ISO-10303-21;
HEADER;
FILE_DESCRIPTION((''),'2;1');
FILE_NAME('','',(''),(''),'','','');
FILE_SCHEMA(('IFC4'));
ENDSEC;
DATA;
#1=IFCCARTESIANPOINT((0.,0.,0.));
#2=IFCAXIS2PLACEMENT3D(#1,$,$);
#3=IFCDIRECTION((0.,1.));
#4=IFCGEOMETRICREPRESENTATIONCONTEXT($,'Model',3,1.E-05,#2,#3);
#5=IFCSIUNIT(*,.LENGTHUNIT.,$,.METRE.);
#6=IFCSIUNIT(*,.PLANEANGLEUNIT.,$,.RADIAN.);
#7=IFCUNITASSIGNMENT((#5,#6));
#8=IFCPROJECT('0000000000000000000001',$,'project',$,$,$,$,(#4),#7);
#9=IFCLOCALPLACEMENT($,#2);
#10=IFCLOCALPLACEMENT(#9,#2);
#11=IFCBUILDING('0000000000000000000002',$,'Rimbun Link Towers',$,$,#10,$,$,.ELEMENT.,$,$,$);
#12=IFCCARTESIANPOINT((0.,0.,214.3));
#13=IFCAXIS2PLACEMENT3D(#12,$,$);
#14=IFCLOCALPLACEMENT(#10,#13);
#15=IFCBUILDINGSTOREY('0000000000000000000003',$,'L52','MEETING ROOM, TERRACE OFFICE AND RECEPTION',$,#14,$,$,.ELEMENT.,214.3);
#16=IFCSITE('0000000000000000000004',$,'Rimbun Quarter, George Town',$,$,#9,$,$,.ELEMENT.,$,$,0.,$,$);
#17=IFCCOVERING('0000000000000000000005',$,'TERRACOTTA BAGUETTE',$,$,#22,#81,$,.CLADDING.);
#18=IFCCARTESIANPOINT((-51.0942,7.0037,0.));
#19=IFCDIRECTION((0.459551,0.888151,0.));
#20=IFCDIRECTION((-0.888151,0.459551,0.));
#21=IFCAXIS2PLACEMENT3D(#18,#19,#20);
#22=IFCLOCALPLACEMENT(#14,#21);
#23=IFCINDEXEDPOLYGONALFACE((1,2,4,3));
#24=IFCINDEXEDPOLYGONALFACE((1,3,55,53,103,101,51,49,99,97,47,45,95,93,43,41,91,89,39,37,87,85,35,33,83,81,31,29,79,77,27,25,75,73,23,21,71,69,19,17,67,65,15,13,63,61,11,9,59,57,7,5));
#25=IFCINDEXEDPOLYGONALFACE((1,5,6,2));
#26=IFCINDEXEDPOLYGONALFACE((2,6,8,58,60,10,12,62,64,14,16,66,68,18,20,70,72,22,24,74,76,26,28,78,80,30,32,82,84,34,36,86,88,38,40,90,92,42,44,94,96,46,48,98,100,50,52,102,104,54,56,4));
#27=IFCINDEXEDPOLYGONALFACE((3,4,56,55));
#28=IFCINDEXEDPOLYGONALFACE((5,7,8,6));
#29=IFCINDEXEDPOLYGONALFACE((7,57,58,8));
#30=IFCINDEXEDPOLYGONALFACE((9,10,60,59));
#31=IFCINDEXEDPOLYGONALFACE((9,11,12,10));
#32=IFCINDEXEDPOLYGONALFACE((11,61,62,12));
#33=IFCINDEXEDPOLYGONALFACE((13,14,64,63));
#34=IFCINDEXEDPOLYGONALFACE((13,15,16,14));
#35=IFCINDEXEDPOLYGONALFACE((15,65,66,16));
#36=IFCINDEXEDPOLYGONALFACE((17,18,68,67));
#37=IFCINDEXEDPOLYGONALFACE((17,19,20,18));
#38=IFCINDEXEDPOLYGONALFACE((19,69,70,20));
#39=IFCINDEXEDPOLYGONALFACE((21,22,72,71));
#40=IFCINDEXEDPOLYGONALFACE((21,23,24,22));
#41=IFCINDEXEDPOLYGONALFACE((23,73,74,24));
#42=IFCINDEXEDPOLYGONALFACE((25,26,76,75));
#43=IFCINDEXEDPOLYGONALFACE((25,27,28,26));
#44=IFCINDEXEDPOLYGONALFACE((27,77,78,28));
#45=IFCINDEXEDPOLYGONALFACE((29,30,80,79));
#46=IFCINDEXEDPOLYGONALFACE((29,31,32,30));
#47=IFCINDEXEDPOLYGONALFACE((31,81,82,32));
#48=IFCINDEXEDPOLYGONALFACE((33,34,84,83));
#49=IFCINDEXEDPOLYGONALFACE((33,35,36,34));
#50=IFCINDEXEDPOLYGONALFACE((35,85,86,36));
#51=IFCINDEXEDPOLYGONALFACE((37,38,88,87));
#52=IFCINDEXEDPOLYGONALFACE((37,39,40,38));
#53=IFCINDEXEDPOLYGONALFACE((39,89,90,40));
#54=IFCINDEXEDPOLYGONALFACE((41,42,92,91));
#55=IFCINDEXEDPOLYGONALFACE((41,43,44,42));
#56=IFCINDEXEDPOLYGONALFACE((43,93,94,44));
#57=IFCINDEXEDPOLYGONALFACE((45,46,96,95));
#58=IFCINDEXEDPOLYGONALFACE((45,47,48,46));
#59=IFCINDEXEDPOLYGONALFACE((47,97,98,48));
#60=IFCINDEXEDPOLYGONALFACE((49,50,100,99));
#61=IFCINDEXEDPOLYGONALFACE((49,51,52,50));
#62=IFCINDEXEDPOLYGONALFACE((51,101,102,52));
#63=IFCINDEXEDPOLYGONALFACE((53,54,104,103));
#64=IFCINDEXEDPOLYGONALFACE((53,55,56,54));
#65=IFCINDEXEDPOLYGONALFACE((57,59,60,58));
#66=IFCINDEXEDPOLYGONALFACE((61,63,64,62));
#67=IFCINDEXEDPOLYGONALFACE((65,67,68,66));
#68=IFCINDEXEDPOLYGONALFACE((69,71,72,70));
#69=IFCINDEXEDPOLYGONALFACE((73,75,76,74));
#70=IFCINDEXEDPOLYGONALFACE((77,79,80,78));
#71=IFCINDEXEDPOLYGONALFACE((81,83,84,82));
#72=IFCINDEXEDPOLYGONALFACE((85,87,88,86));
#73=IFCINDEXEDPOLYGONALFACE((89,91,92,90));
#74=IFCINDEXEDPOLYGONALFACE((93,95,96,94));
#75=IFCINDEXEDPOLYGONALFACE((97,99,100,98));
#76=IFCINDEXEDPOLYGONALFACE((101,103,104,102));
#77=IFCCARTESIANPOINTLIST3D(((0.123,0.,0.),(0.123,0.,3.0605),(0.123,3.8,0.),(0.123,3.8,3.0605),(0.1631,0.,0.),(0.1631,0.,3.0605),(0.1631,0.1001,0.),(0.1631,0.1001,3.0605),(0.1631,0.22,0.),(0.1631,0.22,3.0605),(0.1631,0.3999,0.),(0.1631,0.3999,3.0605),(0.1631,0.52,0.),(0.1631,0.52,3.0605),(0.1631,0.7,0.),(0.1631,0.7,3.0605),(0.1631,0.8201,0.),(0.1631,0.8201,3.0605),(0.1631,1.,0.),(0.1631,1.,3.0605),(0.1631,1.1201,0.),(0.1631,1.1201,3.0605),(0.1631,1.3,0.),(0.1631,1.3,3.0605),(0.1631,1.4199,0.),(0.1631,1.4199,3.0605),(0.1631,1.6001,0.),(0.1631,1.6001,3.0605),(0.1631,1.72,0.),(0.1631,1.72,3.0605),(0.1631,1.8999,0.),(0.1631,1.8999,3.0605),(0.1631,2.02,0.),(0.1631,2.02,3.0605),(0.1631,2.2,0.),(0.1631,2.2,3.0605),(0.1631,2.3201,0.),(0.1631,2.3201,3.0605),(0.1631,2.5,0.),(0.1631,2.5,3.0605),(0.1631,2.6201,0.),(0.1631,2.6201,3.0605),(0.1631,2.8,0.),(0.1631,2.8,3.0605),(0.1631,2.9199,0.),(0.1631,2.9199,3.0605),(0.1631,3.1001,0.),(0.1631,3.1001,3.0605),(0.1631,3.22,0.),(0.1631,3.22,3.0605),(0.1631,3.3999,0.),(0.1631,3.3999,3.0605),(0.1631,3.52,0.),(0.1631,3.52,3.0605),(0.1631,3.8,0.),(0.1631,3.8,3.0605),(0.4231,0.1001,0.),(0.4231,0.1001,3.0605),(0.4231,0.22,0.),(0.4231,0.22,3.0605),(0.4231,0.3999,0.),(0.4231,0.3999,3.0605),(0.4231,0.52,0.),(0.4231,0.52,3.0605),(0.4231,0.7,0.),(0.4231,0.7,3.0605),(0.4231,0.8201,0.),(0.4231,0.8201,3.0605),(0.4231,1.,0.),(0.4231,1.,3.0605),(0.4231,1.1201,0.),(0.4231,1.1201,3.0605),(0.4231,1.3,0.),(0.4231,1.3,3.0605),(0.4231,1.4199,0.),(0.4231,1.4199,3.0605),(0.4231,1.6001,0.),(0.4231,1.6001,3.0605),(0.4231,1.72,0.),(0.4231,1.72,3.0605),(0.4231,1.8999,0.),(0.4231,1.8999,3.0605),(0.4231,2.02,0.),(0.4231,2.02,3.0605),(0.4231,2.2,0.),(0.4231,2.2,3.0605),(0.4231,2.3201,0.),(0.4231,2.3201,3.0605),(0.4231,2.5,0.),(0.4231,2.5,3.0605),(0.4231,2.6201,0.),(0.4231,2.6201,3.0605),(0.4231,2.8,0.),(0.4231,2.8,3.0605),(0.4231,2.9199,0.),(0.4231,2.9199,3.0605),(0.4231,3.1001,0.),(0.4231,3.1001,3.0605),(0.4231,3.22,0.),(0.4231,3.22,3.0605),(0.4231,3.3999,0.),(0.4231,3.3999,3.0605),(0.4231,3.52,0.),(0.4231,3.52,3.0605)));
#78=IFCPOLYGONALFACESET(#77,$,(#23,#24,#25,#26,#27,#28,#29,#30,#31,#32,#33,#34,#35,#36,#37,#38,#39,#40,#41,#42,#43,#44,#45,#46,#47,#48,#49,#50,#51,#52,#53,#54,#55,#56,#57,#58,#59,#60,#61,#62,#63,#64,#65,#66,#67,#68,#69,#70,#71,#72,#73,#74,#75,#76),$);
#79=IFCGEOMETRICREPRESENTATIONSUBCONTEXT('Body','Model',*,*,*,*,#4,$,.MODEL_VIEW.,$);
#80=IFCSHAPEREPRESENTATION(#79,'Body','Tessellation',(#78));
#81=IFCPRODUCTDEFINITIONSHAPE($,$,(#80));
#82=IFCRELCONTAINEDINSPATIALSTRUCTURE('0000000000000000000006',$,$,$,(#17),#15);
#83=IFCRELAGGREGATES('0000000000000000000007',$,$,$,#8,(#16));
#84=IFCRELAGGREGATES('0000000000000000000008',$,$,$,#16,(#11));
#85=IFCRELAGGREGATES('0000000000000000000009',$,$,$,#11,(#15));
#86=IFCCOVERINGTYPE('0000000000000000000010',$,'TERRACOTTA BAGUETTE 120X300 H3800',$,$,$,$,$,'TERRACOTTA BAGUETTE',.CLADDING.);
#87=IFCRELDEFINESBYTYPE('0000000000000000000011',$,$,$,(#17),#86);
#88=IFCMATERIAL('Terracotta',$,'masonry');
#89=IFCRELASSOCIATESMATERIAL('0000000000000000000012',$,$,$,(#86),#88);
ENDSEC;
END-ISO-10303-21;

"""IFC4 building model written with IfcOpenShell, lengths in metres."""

from ifc_helpers import new_model, si_unit, direction, frame, origin, place, context, subcontext, project, spatial, polyline, outline, extrude, material, material_profile, profile_set, type_object, element, save


model = new_model("IFC4")

# Units and contexts
model_context = context("Model", 3, precision=1e-05, world=origin(), true_north=direction((0.0, 1.0)))
body_context = subcontext(model_context, "Body", "Model", "MODEL_VIEW")
ifc_project = project(units=[si_unit("LENGTHUNIT", "METRE"), si_unit("PLANEANGLEUNIT", "RADIAN")], contexts=[model_context])

# Site, building, storey
site_placement = place(None, origin())
site = spatial("IfcSite", under=ifc_project, at=site_placement, Name="Rimbun Quarter, George Town", CompositionType="ELEMENT", RefElevation=0.0)
building_placement = place(site_placement, origin())
building = spatial("IfcBuilding", under=site, at=building_placement, Name="Rimbun Link Towers", CompositionType="ELEMENT")
storey_placement = place(building_placement, frame((0.0, 0.0, 214.3)))
storey = spatial("IfcBuildingStorey", under=building, at=storey_placement, Name="L52", Description="MEETING ROOM, TERRACE OFFICE AND RECEPTION", CompositionType="ELEMENT", Elevation=214.3)

# Covering
ifc_material_1 = material(Name="Terracotta", Category="masonry")
ifc_material_profile_1 = material_profile(ifc_material_1, outline(polyline([(0.123, 0.0), (0.1631, 0.0), (0.1631, 0.1001), (0.4231, 0.1001), (0.4231, 0.22), (0.1631, 0.22), (0.1631, 0.3999), (0.4231, 0.3999), (0.4231, 0.52), (0.1631, 0.52), (0.1631, 0.7), (0.4231, 0.7), (0.4231, 0.8201), (0.1631, 0.8201), (0.1631, 1.0), (0.4231, 1.0), (0.4231, 1.1201), (0.1631, 1.1201), (0.1631, 1.3), (0.4231, 1.3), (0.4231, 1.4199), (0.1631, 1.4199), (0.1631, 1.6001), (0.4231, 1.6001), (0.4231, 1.72), (0.1631, 1.72), (0.1631, 1.8999), (0.4231, 1.8999), (0.4231, 2.02), (0.1631, 2.02), (0.1631, 2.2), (0.4231, 2.2), (0.4231, 2.3201), (0.1631, 2.3201), (0.1631, 2.5), (0.4231, 2.5), (0.4231, 2.6201), (0.1631, 2.6201), (0.1631, 2.8), (0.4231, 2.8), (0.4231, 2.9199), (0.1631, 2.9199), (0.1631, 3.1001), (0.4231, 3.1001), (0.4231, 3.22), (0.1631, 3.22), (0.1631, 3.3999), (0.4231, 3.3999), (0.4231, 3.52), (0.1631, 3.52), (0.1631, 3.8), (0.123, 3.8), (0.123, 0.0)])), Name="BAGUETTE 120X300")
ifc_profile_set_1 = profile_set([ifc_material_profile_1], Name="Terracotta")
covering_type = type_object("IfcCoveringType", Name="TERRACOTTA BAGUETTE 120X300 H3800", ElementType="TERRACOTTA BAGUETTE", PredefinedType="CLADDING", material=ifc_profile_set_1)
covering_placement = place(storey_placement, frame((-51.0942, 7.0037, 0.0), z_axis=(0.459551, 0.888151, 0.0), x_axis=(-0.888151, 0.459551, 0.0)))
element("IfcCovering", 1, at=covering_placement, inside=storey, type_object=covering_type, Name="TERRACOTTA BAGUETTE", PredefinedType="CLADDING", context=body_context, shape_type="SweptSolid", body=[
    extrude(outline(polyline([(0.123, 0.0), (0.1631, 0.0), (0.1631, 0.1001), (0.4231, 0.1001), (0.4231, 0.22), (0.1631, 0.22), (0.1631, 0.3999), (0.4231, 0.3999), (0.4231, 0.52), (0.1631, 0.52), (0.1631, 0.7), (0.4231, 0.7), (0.4231, 0.8201), (0.1631, 0.8201), (0.1631, 1.0), (0.4231, 1.0), (0.4231, 1.1201), (0.1631, 1.1201), (0.1631, 1.3), (0.4231, 1.3), (0.4231, 1.4199), (0.1631, 1.4199), (0.1631, 1.6001), (0.4231, 1.6001), (0.4231, 1.72), (0.1631, 1.72), (0.1631, 1.8999), (0.4231, 1.8999), (0.4231, 2.02), (0.1631, 2.02), (0.1631, 2.2), (0.4231, 2.2), (0.4231, 2.3201), (0.1631, 2.3201), (0.1631, 2.5), (0.4231, 2.5), (0.4231, 2.6201), (0.1631, 2.6201), (0.1631, 2.8), (0.4231, 2.8), (0.4231, 2.9199), (0.1631, 2.9199), (0.1631, 3.1001), (0.4231, 3.1001), (0.4231, 3.22), (0.1631, 3.22), (0.1631, 3.3999), (0.4231, 3.3999), (0.4231, 3.52), (0.1631, 3.52), (0.1631, 3.8), (0.123, 3.8), (0.123, 0.0)])), origin(), (0.0, 0.0, 1.0), 3.0605),
])

save(model, "model.ifc")
